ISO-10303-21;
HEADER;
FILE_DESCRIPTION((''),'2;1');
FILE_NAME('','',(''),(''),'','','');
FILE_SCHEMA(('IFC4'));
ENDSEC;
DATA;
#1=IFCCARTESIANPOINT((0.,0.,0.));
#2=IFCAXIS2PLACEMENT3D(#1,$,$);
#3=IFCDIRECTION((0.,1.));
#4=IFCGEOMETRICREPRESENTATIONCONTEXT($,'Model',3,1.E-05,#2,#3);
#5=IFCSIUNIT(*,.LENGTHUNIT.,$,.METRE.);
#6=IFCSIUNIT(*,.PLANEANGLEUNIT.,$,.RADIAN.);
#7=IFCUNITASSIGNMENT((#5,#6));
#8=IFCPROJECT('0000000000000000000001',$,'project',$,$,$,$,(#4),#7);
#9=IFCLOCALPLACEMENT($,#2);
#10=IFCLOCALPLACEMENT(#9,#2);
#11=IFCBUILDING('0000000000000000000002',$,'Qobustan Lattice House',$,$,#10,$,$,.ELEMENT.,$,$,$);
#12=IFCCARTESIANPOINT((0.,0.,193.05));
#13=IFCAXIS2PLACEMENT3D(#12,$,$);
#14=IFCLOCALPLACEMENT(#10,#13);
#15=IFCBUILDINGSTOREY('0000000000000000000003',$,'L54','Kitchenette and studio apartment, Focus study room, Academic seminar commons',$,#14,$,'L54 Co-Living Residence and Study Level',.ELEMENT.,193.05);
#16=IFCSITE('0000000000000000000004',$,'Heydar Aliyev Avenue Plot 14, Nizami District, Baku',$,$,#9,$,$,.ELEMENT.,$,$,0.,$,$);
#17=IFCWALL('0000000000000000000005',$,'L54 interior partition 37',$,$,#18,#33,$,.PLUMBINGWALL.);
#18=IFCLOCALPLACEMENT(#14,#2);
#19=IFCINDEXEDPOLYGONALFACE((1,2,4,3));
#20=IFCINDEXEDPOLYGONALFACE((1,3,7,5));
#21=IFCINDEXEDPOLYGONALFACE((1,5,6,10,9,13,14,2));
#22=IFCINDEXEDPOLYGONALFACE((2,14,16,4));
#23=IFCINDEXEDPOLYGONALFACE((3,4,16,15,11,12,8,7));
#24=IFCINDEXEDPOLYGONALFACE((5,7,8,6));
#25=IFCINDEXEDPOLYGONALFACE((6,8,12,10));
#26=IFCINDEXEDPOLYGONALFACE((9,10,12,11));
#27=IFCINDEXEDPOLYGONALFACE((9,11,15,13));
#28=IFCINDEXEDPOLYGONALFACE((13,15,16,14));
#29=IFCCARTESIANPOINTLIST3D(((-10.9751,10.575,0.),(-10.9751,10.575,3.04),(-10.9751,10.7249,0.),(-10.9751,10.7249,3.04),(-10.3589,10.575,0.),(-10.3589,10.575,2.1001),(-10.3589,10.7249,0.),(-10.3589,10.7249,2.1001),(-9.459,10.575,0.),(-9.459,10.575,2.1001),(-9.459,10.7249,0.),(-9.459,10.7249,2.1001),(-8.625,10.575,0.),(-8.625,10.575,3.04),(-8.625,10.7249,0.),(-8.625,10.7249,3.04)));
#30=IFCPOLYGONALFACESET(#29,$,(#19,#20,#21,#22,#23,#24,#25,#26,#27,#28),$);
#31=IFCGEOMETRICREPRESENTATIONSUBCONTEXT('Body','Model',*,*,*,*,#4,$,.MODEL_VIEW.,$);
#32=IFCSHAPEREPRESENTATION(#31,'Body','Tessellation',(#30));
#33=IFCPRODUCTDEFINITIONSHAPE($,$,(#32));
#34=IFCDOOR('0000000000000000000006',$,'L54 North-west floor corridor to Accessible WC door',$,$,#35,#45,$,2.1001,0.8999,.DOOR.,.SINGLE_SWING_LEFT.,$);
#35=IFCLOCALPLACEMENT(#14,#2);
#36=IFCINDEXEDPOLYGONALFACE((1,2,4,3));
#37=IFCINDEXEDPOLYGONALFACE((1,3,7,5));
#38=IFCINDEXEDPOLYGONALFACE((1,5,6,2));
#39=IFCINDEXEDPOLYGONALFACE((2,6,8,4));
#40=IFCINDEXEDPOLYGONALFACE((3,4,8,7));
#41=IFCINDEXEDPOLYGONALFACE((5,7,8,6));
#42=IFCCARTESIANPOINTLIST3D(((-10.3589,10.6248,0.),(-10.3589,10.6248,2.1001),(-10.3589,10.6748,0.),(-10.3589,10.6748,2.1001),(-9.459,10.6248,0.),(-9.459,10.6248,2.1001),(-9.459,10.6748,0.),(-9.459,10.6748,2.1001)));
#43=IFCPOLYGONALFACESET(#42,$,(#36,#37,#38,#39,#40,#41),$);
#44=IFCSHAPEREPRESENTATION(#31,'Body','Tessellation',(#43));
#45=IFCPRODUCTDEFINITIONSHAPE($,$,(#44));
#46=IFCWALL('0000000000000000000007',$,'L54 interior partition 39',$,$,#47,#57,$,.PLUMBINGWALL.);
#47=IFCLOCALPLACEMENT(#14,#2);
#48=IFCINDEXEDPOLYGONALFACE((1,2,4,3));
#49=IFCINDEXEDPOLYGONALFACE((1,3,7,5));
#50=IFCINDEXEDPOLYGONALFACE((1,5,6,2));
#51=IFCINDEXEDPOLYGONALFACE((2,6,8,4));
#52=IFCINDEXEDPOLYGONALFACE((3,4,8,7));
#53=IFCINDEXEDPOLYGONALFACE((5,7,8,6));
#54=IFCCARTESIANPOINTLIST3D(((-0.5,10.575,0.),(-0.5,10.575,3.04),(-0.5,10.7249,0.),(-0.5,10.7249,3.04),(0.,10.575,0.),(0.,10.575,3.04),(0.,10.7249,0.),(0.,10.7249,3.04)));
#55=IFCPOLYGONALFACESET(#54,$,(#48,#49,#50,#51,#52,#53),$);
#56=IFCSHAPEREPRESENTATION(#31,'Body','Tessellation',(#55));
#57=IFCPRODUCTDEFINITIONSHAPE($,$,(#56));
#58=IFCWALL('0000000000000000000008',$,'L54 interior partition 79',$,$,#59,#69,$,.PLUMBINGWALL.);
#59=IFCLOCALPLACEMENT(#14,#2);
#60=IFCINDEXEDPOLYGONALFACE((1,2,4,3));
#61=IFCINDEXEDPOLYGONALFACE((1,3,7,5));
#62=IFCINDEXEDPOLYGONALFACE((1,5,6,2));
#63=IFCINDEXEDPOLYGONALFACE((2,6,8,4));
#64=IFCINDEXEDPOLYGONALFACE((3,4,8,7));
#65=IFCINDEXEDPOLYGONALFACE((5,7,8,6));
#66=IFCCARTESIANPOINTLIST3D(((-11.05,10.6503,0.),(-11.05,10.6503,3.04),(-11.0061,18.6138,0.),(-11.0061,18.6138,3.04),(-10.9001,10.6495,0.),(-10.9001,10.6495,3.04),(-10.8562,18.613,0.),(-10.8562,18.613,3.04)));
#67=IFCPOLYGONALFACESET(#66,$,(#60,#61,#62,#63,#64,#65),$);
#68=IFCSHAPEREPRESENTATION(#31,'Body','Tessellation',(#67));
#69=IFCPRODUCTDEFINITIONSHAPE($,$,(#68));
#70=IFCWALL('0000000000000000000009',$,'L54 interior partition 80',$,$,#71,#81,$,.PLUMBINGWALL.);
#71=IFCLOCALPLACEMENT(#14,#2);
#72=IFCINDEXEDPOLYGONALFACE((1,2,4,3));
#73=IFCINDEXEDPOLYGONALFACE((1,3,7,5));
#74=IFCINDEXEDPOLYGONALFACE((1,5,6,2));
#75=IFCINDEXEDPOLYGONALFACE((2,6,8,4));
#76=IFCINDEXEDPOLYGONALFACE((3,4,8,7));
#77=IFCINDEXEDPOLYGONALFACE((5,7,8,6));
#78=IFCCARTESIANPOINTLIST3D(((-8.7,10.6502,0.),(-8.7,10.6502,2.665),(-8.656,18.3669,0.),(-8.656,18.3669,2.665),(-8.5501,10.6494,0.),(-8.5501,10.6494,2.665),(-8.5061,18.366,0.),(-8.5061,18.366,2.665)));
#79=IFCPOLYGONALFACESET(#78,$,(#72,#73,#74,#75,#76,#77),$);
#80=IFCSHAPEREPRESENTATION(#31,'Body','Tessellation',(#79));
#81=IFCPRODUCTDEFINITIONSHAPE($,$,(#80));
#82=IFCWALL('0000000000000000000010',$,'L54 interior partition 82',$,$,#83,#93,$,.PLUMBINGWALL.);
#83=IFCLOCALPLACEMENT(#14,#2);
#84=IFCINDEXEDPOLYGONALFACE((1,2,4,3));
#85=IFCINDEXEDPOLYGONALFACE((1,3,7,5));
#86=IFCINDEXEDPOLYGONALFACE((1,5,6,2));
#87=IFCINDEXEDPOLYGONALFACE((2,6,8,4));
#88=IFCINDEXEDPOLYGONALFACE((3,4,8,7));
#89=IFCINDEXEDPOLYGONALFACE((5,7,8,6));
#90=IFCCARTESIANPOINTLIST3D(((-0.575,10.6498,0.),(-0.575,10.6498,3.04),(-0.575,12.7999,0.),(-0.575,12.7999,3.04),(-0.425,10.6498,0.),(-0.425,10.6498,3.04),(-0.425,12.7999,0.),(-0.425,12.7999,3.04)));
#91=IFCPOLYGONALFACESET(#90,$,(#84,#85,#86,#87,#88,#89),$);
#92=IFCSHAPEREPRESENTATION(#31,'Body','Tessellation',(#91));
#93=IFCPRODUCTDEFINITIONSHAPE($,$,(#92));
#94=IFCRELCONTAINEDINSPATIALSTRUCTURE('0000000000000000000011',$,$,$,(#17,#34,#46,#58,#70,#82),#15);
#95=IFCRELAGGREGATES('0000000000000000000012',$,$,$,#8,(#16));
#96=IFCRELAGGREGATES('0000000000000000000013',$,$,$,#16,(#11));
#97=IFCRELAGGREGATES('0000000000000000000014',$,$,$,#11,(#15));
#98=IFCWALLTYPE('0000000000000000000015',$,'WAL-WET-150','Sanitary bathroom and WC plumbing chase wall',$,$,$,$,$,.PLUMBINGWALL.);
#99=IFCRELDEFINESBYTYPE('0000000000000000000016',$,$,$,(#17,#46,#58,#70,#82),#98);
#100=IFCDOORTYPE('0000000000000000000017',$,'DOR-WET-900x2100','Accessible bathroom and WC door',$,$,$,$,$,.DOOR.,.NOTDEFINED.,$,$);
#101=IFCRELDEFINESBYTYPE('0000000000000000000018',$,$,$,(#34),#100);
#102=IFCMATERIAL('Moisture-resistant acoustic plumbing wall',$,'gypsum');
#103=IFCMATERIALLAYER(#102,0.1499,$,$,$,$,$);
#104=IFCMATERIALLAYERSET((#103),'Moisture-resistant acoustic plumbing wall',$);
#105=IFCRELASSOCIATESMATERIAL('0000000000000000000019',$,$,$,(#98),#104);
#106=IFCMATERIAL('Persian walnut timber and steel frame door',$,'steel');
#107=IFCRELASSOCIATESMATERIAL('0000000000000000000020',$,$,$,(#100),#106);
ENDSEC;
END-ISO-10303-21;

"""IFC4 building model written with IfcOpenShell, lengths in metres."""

from ifc_helpers import new_model, si_unit, direction, frame, frame_2d, origin, place, context, subcontext, project, spatial, rectangle, extrude, material, layer, layer_set, type_object, element, fill, save


model = new_model("IFC4")

# Units and contexts
model_context = context("Model", 3, precision=1e-05, world=origin(), true_north=direction((0.0, 1.0)))
body_context = subcontext(model_context, "Body", "Model", "MODEL_VIEW")
ifc_project = project(units=[si_unit("LENGTHUNIT", "METRE"), si_unit("PLANEANGLEUNIT", "RADIAN")], contexts=[model_context])

# Site, building, storey
site_placement = place(None, origin())
site = spatial("IfcSite", under=ifc_project, at=site_placement, Name="Heydar Aliyev Avenue Plot 14, Nizami District, Baku", CompositionType="ELEMENT", RefElevation=0.0)
building_placement = place(site_placement, origin())
building = spatial("IfcBuilding", under=site, at=building_placement, Name="Qobustan Lattice House", CompositionType="ELEMENT")
storey_placement = place(building_placement, frame((0.0, 0.0, 193.05)))
storey = spatial("IfcBuildingStorey", under=building, at=storey_placement, Name="L54", Description="Kitchenette and studio apartment, Focus study room, Academic seminar commons", LongName="L54 Co-Living Residence and Study Level", CompositionType="ELEMENT", Elevation=193.05)

# Wall, opening, door
ifc_material_1 = material(Name="Moisture-resistant acoustic plumbing wall", Category="gypsum")
ifc_layer_1 = layer(ifc_material_1, 0.1499)
ifc_layer_set_1 = layer_set([ifc_layer_1], Name="Moisture-resistant acoustic plumbing wall")
wall_type_1 = type_object("IfcWallType", Name="WAL-WET-150", Description="Sanitary bathroom and WC plumbing chase wall", PredefinedType="PLUMBINGWALL", material=ifc_layer_set_1)
wall_1_placement = place(storey_placement, frame((-10.9751, 10.6499, 0.0), z_axis=(0.0, 0.0, 1.0), x_axis=(1.0, 0.0, 0.0)))
wall_1 = element("IfcWall", 1, at=wall_1_placement, inside=storey, type_object=wall_type_1, Name="L54 interior partition 37", PredefinedType="PLUMBINGWALL", context=body_context, shape_type="SweptSolid", body=[
    extrude(rectangle(XDim=2.3501, YDim=0.1499, at=frame_2d((1.175, 0.0))), origin(), (0.0, 0.0, 1.0), 3.04),
])
opening_1_placement = place(wall_1_placement, frame((0.6162, 0.0, 0.0)))
opening_1 = element("IfcOpeningElement", 2, at=opening_1_placement, cuts=wall_1, PredefinedType="OPENING", context=body_context, shape_type="SweptSolid", body=[
    extrude(rectangle(XDim=0.8999, YDim=2.1001, at=frame_2d((0.45, 1.05))), frame((0.0, 0.085, 0.0), z_axis=(0.0, -1.0, 0.0), x_axis=(1.0, 0.0, 0.0)), (0.0, 0.0, 1.0), 0.1699),
])
ifc_material_2 = material(Name="Persian walnut timber and steel frame door", Category="steel")
door_type_1 = type_object("IfcDoorType", Name="DOR-WET-900x2100", Description="Accessible bathroom and WC door", OperationType="NOTDEFINED", PredefinedType="DOOR", material=ifc_material_2)
door_1_placement = place(opening_1_placement, origin())
door_1 = element("IfcDoor", 3, at=door_1_placement, inside=storey, type_object=door_type_1, Name="L54 North-west floor corridor to Accessible WC door", OperationType="SINGLE_SWING_LEFT", OverallHeight=2.1001, OverallWidth=0.8999, PredefinedType="DOOR", context=body_context, shape_type="SweptSolid", body=[
    extrude(rectangle(XDim=0.8999, YDim=2.1001, at=frame_2d((0.45, 1.05))), frame((0.0, 0.0249, 0.0), z_axis=(0.0, -1.0, 0.0), x_axis=(1.0, 0.0, 0.0)), (0.0, 0.0, 1.0), 0.05),
])
fill(opening_1, door_1)

# Walls
wall_2_placement = place(storey_placement, frame((-0.5, 10.6499, 0.0), z_axis=(0.0, 0.0, 1.0), x_axis=(1.0, 0.0, 0.0)))
element("IfcWall", 4, at=wall_2_placement, inside=storey, type_object=wall_type_1, Name="L54 interior partition 39", PredefinedType="PLUMBINGWALL", context=body_context, shape_type="SweptSolid", body=[
    extrude(rectangle(XDim=0.5, YDim=0.1499, at=frame_2d((0.25, 0.0))), origin(), (0.0, 0.0, 1.0), 3.04),
])
wall_3_placement = place(storey_placement, frame((-10.9312, 18.6135, 0.0), z_axis=(0.0, 0.0, 1.0), x_axis=(-0.005518, -0.999985, 0.0)))
element("IfcWall", 5, at=wall_3_placement, inside=storey, type_object=wall_type_1, Name="L54 interior partition 79", PredefinedType="PLUMBINGWALL", context=body_context, shape_type="SweptSolid", body=[
    extrude(rectangle(XDim=7.9636, YDim=0.1499, at=frame_2d((3.9819, 0.0))), origin(), (0.0, 0.0, 1.0), 3.04),
])
wall_4_placement = place(storey_placement, frame((-8.5811, 18.3665, 0.0), z_axis=(0.0, 0.0, 1.0), x_axis=(-0.005695, -0.999984, 0.0)))
element("IfcWall", 6, at=wall_4_placement, inside=storey, type_object=wall_type_1, Name="L54 interior partition 80", PredefinedType="PLUMBINGWALL", context=body_context, shape_type="SweptSolid", body=[
    extrude(rectangle(XDim=7.7168, YDim=0.1499, at=frame_2d((3.8584, 0.0))), origin(), (0.0, 0.0, 1.0), 2.665),
])
wall_5_placement = place(storey_placement, frame((-0.5, 12.8, 0.0), z_axis=(0.0, 0.0, 1.0), x_axis=(0.0, -1.0, 0.0)))
element("IfcWall", 7, at=wall_5_placement, inside=storey, type_object=wall_type_1, Name="L54 interior partition 82", PredefinedType="PLUMBINGWALL", context=body_context, shape_type="SweptSolid", body=[
    extrude(rectangle(XDim=2.1501, YDim=0.1499, at=frame_2d((1.0752, 0.0))), origin(), (0.0, 0.0, 1.0), 3.04),
])

save(model, "model.ifc")
